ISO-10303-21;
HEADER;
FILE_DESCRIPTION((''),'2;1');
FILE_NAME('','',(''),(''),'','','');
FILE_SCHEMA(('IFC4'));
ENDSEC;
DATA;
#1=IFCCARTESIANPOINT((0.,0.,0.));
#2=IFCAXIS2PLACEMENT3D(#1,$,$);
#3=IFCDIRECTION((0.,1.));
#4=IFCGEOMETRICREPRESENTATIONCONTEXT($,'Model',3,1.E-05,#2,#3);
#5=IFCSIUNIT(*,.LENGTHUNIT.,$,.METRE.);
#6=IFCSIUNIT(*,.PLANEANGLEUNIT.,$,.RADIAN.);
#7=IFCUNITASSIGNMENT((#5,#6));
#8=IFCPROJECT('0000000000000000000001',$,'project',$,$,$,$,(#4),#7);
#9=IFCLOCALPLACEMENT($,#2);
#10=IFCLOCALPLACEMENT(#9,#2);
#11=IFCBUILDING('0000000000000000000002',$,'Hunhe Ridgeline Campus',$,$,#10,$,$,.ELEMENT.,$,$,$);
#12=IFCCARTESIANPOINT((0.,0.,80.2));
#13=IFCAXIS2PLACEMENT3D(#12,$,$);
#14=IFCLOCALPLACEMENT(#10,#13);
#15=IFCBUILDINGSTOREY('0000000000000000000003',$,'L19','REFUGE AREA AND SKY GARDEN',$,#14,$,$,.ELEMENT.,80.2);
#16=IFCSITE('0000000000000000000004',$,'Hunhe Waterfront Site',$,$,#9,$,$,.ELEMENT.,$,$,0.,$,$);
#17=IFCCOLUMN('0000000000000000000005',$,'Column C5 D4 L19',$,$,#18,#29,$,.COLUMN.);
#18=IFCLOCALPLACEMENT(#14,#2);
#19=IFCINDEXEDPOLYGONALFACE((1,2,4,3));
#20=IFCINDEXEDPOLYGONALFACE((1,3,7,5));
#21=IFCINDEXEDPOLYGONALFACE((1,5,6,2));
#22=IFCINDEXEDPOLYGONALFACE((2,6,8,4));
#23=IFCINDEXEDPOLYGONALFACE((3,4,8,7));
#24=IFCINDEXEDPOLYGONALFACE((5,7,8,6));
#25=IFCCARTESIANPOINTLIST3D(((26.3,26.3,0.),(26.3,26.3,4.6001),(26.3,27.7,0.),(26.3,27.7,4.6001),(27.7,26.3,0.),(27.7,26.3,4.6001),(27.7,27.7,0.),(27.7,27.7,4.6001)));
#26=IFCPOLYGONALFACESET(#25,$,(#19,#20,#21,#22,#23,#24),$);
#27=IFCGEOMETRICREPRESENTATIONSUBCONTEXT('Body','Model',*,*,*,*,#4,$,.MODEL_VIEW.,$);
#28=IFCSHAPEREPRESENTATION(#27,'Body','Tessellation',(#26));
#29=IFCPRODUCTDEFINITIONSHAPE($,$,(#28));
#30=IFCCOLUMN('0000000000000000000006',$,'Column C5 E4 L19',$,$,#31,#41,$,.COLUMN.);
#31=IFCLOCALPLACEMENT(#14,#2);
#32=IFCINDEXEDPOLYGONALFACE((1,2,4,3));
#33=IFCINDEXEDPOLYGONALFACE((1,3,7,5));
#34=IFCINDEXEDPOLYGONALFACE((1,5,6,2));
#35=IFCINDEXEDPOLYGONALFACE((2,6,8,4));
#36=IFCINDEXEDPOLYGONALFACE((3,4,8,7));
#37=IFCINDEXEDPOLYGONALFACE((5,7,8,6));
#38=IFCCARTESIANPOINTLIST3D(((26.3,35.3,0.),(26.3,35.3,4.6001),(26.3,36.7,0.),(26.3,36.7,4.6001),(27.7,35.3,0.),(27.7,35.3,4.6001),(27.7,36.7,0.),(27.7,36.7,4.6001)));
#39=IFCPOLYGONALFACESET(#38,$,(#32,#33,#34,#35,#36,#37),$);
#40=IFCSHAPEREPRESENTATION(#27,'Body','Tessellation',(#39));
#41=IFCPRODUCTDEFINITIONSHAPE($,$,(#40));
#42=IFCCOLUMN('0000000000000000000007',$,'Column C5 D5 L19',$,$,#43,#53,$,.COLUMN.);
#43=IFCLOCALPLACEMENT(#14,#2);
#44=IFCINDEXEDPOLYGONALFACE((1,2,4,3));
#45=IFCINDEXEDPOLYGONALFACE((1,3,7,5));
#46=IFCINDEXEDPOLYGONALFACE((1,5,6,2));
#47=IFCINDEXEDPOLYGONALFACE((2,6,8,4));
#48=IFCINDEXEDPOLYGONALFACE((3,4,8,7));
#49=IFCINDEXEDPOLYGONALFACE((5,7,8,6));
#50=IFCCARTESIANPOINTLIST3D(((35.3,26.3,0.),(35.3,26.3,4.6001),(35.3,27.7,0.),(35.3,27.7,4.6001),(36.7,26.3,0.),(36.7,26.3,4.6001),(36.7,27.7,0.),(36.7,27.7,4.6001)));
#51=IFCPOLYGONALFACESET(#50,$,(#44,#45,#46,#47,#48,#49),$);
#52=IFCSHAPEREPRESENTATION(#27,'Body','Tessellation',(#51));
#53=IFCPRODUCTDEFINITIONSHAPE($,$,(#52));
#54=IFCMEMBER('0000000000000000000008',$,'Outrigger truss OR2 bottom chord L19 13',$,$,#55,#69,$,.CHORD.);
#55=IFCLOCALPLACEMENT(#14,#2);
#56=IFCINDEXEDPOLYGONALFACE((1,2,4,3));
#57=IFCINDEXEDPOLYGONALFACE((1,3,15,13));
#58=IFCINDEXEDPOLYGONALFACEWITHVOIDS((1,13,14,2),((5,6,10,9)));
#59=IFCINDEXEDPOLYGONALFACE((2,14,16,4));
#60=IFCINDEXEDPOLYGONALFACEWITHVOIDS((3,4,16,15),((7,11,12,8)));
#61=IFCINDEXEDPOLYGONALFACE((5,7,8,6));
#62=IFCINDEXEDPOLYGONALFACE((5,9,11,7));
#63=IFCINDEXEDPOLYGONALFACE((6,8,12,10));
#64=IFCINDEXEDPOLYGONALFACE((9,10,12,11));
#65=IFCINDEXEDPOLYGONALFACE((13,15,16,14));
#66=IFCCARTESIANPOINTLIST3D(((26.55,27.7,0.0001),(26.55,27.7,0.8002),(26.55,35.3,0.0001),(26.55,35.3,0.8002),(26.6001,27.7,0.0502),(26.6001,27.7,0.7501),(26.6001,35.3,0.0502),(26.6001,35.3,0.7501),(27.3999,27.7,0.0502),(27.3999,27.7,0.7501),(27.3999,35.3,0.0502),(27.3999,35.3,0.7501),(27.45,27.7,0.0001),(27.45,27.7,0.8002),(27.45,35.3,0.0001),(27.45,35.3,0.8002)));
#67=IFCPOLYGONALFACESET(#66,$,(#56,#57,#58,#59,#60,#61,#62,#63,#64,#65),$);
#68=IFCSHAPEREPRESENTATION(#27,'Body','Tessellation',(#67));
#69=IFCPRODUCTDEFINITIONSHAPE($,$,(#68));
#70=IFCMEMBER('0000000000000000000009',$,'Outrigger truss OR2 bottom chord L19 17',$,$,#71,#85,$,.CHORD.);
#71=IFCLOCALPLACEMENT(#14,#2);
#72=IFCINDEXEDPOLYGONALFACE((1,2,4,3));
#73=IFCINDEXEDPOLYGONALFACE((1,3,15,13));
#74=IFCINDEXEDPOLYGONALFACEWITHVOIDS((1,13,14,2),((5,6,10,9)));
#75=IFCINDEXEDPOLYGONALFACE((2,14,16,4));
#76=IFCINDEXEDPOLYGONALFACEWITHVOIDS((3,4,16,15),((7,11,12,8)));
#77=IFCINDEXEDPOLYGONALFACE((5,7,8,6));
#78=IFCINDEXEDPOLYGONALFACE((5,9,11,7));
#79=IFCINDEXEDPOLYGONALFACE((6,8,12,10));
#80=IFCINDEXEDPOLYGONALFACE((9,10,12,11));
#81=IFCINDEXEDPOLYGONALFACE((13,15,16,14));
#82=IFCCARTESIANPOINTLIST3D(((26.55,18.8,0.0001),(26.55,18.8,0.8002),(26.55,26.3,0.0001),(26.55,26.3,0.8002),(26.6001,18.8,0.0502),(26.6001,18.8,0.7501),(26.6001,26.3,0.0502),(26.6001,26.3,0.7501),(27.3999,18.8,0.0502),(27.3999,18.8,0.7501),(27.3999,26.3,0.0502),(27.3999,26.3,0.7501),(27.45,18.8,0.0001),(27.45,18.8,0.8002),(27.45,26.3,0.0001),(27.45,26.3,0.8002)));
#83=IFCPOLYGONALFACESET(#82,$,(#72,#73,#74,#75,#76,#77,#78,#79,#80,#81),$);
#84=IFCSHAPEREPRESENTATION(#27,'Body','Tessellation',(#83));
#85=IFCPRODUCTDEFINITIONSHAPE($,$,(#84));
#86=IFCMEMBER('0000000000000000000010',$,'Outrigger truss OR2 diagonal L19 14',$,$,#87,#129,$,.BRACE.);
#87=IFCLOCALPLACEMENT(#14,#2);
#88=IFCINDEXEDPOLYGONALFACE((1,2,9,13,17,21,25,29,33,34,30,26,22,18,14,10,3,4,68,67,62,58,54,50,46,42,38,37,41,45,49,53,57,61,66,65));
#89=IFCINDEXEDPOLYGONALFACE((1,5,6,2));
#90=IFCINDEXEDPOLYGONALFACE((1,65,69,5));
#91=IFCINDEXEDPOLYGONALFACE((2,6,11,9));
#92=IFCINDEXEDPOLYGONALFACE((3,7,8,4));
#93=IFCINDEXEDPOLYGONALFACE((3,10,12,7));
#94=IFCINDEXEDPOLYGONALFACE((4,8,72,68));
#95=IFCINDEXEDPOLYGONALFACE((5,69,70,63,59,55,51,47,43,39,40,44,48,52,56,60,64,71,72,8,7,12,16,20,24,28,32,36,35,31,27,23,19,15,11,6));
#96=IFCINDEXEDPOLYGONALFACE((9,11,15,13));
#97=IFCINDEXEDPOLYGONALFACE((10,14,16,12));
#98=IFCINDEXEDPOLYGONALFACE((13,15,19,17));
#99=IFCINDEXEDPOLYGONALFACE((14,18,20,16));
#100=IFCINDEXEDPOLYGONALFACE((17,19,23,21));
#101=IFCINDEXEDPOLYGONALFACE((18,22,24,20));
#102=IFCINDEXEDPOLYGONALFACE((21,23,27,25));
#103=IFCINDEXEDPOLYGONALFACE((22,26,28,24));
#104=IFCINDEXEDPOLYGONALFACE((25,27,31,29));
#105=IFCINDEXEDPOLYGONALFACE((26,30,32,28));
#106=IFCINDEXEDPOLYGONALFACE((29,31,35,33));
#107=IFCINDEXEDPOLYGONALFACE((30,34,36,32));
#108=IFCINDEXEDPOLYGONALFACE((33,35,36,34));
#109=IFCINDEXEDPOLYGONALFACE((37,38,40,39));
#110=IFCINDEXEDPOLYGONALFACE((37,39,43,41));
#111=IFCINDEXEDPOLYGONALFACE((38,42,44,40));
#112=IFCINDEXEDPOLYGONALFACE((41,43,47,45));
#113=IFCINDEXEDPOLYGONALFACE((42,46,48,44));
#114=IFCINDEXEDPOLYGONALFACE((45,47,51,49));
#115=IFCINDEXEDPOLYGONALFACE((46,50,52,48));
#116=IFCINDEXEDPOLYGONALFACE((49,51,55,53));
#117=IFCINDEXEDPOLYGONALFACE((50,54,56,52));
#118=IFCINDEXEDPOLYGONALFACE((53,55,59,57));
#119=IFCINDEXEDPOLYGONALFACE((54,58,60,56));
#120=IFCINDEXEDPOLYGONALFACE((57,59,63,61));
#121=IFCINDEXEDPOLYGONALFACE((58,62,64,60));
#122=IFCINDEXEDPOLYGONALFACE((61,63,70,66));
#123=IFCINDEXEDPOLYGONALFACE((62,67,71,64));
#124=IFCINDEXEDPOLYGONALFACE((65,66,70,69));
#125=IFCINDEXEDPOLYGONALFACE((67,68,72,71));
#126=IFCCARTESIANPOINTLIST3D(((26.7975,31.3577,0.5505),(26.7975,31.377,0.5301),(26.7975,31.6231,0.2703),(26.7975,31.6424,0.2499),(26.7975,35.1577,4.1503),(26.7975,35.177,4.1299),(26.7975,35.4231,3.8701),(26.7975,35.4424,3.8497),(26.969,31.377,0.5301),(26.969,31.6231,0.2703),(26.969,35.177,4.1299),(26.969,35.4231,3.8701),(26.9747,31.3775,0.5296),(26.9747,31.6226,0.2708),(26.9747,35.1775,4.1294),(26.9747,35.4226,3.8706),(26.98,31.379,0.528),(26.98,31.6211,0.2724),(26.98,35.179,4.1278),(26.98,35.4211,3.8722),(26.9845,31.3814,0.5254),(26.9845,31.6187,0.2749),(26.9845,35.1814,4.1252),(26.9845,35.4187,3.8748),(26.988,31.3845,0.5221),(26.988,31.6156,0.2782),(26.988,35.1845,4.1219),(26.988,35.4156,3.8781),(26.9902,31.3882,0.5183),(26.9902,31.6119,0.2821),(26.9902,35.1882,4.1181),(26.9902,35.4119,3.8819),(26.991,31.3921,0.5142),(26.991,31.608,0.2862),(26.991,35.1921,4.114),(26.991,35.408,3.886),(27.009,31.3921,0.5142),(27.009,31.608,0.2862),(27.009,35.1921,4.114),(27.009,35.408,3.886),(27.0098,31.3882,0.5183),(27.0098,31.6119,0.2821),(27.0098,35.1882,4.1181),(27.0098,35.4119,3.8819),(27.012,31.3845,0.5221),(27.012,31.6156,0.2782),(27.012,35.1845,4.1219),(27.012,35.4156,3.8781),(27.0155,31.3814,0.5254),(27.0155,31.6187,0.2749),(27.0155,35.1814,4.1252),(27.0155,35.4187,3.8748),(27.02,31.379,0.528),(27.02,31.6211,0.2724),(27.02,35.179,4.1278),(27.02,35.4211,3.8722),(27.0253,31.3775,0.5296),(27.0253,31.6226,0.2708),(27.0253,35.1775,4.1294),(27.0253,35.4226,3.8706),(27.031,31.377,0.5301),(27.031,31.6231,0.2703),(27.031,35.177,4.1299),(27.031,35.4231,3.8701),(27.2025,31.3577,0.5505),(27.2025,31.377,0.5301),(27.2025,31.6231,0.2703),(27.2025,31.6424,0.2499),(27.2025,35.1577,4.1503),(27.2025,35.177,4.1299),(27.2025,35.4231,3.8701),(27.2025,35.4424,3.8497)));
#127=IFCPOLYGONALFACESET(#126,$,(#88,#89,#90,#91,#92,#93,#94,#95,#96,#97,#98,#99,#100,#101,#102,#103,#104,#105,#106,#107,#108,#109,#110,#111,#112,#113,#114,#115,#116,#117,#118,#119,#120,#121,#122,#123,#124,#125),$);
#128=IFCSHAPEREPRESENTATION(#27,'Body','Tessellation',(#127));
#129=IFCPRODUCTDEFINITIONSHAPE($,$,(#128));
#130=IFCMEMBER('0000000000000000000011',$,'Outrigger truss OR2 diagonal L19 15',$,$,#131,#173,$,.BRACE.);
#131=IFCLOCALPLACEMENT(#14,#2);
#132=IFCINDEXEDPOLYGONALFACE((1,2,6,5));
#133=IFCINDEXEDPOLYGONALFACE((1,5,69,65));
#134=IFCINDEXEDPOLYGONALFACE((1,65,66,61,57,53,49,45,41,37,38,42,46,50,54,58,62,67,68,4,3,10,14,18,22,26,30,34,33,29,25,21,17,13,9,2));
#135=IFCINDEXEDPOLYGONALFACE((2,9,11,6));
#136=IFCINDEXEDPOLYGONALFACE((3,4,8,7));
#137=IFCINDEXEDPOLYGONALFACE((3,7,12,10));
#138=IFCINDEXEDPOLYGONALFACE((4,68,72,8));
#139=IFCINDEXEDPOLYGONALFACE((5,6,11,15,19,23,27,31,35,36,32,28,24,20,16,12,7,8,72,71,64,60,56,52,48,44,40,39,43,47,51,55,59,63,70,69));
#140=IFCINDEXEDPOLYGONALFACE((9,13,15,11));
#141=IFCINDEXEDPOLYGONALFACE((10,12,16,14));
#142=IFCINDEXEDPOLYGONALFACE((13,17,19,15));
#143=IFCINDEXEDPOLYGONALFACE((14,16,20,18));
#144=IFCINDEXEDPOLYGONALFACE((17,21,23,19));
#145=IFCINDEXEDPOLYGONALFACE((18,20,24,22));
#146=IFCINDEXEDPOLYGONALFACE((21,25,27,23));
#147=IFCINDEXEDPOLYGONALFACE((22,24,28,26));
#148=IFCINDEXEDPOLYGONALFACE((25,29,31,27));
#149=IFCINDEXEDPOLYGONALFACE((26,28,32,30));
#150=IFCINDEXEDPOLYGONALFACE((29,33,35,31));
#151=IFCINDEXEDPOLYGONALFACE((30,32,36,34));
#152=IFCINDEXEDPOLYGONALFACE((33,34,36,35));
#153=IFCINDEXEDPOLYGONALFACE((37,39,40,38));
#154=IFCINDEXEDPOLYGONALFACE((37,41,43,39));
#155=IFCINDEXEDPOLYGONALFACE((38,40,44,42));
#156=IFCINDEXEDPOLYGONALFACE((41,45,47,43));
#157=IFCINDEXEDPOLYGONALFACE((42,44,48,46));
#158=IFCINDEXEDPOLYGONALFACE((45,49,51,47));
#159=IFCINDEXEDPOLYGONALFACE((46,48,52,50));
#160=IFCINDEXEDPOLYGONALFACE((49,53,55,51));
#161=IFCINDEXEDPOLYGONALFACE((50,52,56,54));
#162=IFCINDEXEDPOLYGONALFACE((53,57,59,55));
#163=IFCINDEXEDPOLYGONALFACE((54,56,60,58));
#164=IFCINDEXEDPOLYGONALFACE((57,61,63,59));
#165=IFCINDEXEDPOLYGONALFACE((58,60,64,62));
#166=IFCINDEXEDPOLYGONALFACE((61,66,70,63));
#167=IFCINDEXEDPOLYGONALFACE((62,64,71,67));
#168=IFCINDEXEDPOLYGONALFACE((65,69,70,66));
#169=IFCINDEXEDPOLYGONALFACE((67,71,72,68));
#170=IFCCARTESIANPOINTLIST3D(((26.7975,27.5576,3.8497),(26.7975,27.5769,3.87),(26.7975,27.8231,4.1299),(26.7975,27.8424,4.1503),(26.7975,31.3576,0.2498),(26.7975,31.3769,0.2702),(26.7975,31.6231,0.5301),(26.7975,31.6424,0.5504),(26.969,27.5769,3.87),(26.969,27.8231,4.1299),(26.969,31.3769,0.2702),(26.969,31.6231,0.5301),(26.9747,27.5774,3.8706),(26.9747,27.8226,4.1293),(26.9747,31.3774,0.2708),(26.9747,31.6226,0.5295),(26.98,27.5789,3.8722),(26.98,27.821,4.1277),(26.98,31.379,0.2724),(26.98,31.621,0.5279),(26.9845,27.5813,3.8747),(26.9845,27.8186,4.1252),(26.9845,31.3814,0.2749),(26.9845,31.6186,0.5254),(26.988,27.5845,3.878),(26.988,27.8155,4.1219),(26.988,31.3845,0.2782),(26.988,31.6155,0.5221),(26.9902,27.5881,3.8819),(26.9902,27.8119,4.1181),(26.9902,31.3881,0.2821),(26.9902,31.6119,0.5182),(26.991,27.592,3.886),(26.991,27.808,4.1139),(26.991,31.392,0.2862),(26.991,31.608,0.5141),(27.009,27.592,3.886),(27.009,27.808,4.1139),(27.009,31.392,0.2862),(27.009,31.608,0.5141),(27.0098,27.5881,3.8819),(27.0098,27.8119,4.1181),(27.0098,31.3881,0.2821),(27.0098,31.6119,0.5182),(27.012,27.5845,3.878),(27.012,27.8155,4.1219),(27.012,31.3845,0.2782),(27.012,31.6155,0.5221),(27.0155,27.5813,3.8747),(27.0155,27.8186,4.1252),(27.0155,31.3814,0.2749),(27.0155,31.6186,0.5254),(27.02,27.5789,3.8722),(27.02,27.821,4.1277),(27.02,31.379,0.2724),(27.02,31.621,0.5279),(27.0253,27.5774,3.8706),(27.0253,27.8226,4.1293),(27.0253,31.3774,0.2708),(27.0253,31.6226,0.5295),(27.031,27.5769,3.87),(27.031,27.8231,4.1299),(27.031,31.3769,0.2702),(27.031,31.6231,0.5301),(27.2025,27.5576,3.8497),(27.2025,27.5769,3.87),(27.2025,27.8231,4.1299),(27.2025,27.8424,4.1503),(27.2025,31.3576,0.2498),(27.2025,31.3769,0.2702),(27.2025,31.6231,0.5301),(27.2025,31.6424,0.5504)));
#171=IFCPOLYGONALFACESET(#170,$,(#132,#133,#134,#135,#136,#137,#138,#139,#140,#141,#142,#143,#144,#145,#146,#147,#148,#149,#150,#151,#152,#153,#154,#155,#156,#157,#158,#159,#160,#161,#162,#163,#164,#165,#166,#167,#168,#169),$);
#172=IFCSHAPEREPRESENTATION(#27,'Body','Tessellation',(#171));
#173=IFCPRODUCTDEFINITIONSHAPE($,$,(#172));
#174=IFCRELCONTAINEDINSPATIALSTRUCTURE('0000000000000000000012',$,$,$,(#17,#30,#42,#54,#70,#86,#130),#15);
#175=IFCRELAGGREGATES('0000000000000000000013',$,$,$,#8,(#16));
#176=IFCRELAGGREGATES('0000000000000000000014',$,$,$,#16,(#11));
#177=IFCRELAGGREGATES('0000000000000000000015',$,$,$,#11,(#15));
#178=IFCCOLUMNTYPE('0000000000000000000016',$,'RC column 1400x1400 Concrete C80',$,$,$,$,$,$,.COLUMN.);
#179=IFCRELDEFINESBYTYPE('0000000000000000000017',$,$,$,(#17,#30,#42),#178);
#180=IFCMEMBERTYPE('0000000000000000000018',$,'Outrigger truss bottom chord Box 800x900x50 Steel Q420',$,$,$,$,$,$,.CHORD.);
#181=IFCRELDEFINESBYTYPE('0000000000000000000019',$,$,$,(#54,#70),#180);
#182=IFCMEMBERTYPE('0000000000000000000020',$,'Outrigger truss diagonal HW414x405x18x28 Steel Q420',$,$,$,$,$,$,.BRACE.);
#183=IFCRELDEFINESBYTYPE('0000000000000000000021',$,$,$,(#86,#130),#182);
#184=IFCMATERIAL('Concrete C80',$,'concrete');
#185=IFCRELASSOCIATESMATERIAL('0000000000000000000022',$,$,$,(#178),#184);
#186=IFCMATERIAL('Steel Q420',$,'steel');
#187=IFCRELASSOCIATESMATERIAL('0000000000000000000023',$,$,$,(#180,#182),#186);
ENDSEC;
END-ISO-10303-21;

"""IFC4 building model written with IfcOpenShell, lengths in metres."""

from ifc_helpers import new_model, si_unit, direction, frame, origin, origin_2d, place, context, subcontext, project, spatial, rectangle, hollow_rectangle, i_section, extrude, material, material_profile, profile_set, type_object, element, save


model = new_model("IFC4")

# Units and contexts
model_context = context("Model", 3, precision=1e-05, world=origin(), true_north=direction((0.0, 1.0)))
body_context = subcontext(model_context, "Body", "Model", "MODEL_VIEW")
ifc_project = project(units=[si_unit("LENGTHUNIT", "METRE"), si_unit("PLANEANGLEUNIT", "RADIAN")], contexts=[model_context])

# Site, building, storey
site_placement = place(None, origin())
site = spatial("IfcSite", under=ifc_project, at=site_placement, Name="Hunhe Waterfront Site", CompositionType="ELEMENT", RefElevation=0.0)
building_placement = place(site_placement, origin())
building = spatial("IfcBuilding", under=site, at=building_placement, Name="Hunhe Ridgeline Campus", CompositionType="ELEMENT")
storey_placement = place(building_placement, frame((0.0, 0.0, 80.2)))
storey = spatial("IfcBuildingStorey", under=building, at=storey_placement, Name="L19", Description="REFUGE AREA AND SKY GARDEN", CompositionType="ELEMENT", Elevation=80.2)

# Columns
ifc_material_1 = material(Name="Concrete C80", Category="concrete")
ifc_material_profile_1 = material_profile(ifc_material_1, rectangle(XDim=1.3999, YDim=1.3999, at=origin_2d()))
ifc_profile_set_1 = profile_set([ifc_material_profile_1], Name="Concrete C80")
column_type = type_object("IfcColumnType", Name="RC column 1400x1400 Concrete C80", PredefinedType="COLUMN", material=ifc_profile_set_1)
for number, where, z_axis, x_axis, name in (
    (1, (27.0, 27.0, 0.0), (0.0, 0.0, 1.0), (1.0, 0.0, 0.0), "Column C5 D4 L19"),
    (2, (27.0, 36.0, 0.0), (0.0, 0.0, 1.0), (1.0, 0.0, 0.0), "Column C5 E4 L19"),
    (3, (36.0, 27.0, 0.0), (0.0, 0.0, 1.0), (1.0, 0.0, 0.0), "Column C5 D5 L19"),
):
    element("IfcColumn", number, at=place(storey_placement, frame(where, z_axis=z_axis, x_axis=x_axis)), inside=storey, type_object=column_type, Name=name, PredefinedType="COLUMN", context=body_context, shape_type="SweptSolid", body=[
        extrude(rectangle(XDim=1.3999, YDim=1.3999, at=origin_2d()), origin(), (0.0, 0.0, 1.0), 4.6001),
    ])

# Members
ifc_material_2 = material(Name="Steel Q420", Category="steel")
ifc_material_profile_2 = material_profile(ifc_material_2, hollow_rectangle(XDim=0.8999, YDim=0.8, WallThickness=0.05, at=origin_2d()))
ifc_profile_set_2 = profile_set([ifc_material_profile_2], Name="Steel Q420")
member_type_1 = type_object("IfcMemberType", Name="Outrigger truss bottom chord Box 800x900x50 Steel Q420", PredefinedType="CHORD", material=ifc_profile_set_2)
member_1_placement = place(storey_placement, frame((27.0, 35.3, 0.4001), z_axis=(0.0, -1.0, 0.0), x_axis=(1.0, 0.0, 0.0)))
element("IfcMember", 4, at=member_1_placement, inside=storey, type_object=member_type_1, Name="Outrigger truss OR2 bottom chord L19 13", PredefinedType="CHORD", context=body_context, shape_type="SweptSolid", body=[
    extrude(hollow_rectangle(XDim=0.8999, YDim=0.8, WallThickness=0.05, at=origin_2d()), origin(), (0.0, 0.0, 1.0), 7.6001),
])
member_2_placement = place(storey_placement, frame((27.0, 26.3, 0.4001), z_axis=(0.0, -1.0, 0.0), x_axis=(1.0, 0.0, 0.0)))
element("IfcMember", 5, at=member_2_placement, inside=storey, type_object=member_type_1, Name="Outrigger truss OR2 bottom chord L19 17", PredefinedType="CHORD", context=body_context, shape_type="SweptSolid", body=[
    extrude(hollow_rectangle(XDim=0.8999, YDim=0.8, WallThickness=0.05, at=origin_2d()), origin(), (0.0, 0.0, 1.0), 7.5),
])
ifc_material_profile_3 = material_profile(ifc_material_2, i_section(OverallWidth=0.405, OverallDepth=0.4141, WebThickness=0.0181, FlangeThickness=0.0281, FilletRadius=0.022, at=origin_2d()))
ifc_profile_set_3 = profile_set([ifc_material_profile_3], Name="Steel Q420")
member_type_2 = type_object("IfcMemberType", Name="Outrigger truss diagonal HW414x405x18x28 Steel Q420", PredefinedType="BRACE", material=ifc_profile_set_3)
for number, where, z_axis, x_axis, name in (
    (6, (27.0, 35.3, 4.0), (0.0, -0.725971, -0.687725), (1.0, 0.0, 0.0), "Outrigger truss OR2 diagonal L19 14"),
    (7, (27.0, 31.5, 0.4001), (0.0, -0.725971, 0.687725), (1.0, 0.0, 0.0), "Outrigger truss OR2 diagonal L19 15"),
):
    element("IfcMember", number, at=place(storey_placement, frame(where, z_axis=z_axis, x_axis=x_axis)), inside=storey, type_object=member_type_2, Name=name, PredefinedType="BRACE", context=body_context, shape_type="SweptSolid", body=[
        extrude(i_section(OverallWidth=0.405, OverallDepth=0.4141, WebThickness=0.0181, FlangeThickness=0.0281, FilletRadius=0.022, at=origin_2d()), origin(), (0.0, 0.0, 1.0), 5.2344),
    ])

save(model, "model.ifc")
